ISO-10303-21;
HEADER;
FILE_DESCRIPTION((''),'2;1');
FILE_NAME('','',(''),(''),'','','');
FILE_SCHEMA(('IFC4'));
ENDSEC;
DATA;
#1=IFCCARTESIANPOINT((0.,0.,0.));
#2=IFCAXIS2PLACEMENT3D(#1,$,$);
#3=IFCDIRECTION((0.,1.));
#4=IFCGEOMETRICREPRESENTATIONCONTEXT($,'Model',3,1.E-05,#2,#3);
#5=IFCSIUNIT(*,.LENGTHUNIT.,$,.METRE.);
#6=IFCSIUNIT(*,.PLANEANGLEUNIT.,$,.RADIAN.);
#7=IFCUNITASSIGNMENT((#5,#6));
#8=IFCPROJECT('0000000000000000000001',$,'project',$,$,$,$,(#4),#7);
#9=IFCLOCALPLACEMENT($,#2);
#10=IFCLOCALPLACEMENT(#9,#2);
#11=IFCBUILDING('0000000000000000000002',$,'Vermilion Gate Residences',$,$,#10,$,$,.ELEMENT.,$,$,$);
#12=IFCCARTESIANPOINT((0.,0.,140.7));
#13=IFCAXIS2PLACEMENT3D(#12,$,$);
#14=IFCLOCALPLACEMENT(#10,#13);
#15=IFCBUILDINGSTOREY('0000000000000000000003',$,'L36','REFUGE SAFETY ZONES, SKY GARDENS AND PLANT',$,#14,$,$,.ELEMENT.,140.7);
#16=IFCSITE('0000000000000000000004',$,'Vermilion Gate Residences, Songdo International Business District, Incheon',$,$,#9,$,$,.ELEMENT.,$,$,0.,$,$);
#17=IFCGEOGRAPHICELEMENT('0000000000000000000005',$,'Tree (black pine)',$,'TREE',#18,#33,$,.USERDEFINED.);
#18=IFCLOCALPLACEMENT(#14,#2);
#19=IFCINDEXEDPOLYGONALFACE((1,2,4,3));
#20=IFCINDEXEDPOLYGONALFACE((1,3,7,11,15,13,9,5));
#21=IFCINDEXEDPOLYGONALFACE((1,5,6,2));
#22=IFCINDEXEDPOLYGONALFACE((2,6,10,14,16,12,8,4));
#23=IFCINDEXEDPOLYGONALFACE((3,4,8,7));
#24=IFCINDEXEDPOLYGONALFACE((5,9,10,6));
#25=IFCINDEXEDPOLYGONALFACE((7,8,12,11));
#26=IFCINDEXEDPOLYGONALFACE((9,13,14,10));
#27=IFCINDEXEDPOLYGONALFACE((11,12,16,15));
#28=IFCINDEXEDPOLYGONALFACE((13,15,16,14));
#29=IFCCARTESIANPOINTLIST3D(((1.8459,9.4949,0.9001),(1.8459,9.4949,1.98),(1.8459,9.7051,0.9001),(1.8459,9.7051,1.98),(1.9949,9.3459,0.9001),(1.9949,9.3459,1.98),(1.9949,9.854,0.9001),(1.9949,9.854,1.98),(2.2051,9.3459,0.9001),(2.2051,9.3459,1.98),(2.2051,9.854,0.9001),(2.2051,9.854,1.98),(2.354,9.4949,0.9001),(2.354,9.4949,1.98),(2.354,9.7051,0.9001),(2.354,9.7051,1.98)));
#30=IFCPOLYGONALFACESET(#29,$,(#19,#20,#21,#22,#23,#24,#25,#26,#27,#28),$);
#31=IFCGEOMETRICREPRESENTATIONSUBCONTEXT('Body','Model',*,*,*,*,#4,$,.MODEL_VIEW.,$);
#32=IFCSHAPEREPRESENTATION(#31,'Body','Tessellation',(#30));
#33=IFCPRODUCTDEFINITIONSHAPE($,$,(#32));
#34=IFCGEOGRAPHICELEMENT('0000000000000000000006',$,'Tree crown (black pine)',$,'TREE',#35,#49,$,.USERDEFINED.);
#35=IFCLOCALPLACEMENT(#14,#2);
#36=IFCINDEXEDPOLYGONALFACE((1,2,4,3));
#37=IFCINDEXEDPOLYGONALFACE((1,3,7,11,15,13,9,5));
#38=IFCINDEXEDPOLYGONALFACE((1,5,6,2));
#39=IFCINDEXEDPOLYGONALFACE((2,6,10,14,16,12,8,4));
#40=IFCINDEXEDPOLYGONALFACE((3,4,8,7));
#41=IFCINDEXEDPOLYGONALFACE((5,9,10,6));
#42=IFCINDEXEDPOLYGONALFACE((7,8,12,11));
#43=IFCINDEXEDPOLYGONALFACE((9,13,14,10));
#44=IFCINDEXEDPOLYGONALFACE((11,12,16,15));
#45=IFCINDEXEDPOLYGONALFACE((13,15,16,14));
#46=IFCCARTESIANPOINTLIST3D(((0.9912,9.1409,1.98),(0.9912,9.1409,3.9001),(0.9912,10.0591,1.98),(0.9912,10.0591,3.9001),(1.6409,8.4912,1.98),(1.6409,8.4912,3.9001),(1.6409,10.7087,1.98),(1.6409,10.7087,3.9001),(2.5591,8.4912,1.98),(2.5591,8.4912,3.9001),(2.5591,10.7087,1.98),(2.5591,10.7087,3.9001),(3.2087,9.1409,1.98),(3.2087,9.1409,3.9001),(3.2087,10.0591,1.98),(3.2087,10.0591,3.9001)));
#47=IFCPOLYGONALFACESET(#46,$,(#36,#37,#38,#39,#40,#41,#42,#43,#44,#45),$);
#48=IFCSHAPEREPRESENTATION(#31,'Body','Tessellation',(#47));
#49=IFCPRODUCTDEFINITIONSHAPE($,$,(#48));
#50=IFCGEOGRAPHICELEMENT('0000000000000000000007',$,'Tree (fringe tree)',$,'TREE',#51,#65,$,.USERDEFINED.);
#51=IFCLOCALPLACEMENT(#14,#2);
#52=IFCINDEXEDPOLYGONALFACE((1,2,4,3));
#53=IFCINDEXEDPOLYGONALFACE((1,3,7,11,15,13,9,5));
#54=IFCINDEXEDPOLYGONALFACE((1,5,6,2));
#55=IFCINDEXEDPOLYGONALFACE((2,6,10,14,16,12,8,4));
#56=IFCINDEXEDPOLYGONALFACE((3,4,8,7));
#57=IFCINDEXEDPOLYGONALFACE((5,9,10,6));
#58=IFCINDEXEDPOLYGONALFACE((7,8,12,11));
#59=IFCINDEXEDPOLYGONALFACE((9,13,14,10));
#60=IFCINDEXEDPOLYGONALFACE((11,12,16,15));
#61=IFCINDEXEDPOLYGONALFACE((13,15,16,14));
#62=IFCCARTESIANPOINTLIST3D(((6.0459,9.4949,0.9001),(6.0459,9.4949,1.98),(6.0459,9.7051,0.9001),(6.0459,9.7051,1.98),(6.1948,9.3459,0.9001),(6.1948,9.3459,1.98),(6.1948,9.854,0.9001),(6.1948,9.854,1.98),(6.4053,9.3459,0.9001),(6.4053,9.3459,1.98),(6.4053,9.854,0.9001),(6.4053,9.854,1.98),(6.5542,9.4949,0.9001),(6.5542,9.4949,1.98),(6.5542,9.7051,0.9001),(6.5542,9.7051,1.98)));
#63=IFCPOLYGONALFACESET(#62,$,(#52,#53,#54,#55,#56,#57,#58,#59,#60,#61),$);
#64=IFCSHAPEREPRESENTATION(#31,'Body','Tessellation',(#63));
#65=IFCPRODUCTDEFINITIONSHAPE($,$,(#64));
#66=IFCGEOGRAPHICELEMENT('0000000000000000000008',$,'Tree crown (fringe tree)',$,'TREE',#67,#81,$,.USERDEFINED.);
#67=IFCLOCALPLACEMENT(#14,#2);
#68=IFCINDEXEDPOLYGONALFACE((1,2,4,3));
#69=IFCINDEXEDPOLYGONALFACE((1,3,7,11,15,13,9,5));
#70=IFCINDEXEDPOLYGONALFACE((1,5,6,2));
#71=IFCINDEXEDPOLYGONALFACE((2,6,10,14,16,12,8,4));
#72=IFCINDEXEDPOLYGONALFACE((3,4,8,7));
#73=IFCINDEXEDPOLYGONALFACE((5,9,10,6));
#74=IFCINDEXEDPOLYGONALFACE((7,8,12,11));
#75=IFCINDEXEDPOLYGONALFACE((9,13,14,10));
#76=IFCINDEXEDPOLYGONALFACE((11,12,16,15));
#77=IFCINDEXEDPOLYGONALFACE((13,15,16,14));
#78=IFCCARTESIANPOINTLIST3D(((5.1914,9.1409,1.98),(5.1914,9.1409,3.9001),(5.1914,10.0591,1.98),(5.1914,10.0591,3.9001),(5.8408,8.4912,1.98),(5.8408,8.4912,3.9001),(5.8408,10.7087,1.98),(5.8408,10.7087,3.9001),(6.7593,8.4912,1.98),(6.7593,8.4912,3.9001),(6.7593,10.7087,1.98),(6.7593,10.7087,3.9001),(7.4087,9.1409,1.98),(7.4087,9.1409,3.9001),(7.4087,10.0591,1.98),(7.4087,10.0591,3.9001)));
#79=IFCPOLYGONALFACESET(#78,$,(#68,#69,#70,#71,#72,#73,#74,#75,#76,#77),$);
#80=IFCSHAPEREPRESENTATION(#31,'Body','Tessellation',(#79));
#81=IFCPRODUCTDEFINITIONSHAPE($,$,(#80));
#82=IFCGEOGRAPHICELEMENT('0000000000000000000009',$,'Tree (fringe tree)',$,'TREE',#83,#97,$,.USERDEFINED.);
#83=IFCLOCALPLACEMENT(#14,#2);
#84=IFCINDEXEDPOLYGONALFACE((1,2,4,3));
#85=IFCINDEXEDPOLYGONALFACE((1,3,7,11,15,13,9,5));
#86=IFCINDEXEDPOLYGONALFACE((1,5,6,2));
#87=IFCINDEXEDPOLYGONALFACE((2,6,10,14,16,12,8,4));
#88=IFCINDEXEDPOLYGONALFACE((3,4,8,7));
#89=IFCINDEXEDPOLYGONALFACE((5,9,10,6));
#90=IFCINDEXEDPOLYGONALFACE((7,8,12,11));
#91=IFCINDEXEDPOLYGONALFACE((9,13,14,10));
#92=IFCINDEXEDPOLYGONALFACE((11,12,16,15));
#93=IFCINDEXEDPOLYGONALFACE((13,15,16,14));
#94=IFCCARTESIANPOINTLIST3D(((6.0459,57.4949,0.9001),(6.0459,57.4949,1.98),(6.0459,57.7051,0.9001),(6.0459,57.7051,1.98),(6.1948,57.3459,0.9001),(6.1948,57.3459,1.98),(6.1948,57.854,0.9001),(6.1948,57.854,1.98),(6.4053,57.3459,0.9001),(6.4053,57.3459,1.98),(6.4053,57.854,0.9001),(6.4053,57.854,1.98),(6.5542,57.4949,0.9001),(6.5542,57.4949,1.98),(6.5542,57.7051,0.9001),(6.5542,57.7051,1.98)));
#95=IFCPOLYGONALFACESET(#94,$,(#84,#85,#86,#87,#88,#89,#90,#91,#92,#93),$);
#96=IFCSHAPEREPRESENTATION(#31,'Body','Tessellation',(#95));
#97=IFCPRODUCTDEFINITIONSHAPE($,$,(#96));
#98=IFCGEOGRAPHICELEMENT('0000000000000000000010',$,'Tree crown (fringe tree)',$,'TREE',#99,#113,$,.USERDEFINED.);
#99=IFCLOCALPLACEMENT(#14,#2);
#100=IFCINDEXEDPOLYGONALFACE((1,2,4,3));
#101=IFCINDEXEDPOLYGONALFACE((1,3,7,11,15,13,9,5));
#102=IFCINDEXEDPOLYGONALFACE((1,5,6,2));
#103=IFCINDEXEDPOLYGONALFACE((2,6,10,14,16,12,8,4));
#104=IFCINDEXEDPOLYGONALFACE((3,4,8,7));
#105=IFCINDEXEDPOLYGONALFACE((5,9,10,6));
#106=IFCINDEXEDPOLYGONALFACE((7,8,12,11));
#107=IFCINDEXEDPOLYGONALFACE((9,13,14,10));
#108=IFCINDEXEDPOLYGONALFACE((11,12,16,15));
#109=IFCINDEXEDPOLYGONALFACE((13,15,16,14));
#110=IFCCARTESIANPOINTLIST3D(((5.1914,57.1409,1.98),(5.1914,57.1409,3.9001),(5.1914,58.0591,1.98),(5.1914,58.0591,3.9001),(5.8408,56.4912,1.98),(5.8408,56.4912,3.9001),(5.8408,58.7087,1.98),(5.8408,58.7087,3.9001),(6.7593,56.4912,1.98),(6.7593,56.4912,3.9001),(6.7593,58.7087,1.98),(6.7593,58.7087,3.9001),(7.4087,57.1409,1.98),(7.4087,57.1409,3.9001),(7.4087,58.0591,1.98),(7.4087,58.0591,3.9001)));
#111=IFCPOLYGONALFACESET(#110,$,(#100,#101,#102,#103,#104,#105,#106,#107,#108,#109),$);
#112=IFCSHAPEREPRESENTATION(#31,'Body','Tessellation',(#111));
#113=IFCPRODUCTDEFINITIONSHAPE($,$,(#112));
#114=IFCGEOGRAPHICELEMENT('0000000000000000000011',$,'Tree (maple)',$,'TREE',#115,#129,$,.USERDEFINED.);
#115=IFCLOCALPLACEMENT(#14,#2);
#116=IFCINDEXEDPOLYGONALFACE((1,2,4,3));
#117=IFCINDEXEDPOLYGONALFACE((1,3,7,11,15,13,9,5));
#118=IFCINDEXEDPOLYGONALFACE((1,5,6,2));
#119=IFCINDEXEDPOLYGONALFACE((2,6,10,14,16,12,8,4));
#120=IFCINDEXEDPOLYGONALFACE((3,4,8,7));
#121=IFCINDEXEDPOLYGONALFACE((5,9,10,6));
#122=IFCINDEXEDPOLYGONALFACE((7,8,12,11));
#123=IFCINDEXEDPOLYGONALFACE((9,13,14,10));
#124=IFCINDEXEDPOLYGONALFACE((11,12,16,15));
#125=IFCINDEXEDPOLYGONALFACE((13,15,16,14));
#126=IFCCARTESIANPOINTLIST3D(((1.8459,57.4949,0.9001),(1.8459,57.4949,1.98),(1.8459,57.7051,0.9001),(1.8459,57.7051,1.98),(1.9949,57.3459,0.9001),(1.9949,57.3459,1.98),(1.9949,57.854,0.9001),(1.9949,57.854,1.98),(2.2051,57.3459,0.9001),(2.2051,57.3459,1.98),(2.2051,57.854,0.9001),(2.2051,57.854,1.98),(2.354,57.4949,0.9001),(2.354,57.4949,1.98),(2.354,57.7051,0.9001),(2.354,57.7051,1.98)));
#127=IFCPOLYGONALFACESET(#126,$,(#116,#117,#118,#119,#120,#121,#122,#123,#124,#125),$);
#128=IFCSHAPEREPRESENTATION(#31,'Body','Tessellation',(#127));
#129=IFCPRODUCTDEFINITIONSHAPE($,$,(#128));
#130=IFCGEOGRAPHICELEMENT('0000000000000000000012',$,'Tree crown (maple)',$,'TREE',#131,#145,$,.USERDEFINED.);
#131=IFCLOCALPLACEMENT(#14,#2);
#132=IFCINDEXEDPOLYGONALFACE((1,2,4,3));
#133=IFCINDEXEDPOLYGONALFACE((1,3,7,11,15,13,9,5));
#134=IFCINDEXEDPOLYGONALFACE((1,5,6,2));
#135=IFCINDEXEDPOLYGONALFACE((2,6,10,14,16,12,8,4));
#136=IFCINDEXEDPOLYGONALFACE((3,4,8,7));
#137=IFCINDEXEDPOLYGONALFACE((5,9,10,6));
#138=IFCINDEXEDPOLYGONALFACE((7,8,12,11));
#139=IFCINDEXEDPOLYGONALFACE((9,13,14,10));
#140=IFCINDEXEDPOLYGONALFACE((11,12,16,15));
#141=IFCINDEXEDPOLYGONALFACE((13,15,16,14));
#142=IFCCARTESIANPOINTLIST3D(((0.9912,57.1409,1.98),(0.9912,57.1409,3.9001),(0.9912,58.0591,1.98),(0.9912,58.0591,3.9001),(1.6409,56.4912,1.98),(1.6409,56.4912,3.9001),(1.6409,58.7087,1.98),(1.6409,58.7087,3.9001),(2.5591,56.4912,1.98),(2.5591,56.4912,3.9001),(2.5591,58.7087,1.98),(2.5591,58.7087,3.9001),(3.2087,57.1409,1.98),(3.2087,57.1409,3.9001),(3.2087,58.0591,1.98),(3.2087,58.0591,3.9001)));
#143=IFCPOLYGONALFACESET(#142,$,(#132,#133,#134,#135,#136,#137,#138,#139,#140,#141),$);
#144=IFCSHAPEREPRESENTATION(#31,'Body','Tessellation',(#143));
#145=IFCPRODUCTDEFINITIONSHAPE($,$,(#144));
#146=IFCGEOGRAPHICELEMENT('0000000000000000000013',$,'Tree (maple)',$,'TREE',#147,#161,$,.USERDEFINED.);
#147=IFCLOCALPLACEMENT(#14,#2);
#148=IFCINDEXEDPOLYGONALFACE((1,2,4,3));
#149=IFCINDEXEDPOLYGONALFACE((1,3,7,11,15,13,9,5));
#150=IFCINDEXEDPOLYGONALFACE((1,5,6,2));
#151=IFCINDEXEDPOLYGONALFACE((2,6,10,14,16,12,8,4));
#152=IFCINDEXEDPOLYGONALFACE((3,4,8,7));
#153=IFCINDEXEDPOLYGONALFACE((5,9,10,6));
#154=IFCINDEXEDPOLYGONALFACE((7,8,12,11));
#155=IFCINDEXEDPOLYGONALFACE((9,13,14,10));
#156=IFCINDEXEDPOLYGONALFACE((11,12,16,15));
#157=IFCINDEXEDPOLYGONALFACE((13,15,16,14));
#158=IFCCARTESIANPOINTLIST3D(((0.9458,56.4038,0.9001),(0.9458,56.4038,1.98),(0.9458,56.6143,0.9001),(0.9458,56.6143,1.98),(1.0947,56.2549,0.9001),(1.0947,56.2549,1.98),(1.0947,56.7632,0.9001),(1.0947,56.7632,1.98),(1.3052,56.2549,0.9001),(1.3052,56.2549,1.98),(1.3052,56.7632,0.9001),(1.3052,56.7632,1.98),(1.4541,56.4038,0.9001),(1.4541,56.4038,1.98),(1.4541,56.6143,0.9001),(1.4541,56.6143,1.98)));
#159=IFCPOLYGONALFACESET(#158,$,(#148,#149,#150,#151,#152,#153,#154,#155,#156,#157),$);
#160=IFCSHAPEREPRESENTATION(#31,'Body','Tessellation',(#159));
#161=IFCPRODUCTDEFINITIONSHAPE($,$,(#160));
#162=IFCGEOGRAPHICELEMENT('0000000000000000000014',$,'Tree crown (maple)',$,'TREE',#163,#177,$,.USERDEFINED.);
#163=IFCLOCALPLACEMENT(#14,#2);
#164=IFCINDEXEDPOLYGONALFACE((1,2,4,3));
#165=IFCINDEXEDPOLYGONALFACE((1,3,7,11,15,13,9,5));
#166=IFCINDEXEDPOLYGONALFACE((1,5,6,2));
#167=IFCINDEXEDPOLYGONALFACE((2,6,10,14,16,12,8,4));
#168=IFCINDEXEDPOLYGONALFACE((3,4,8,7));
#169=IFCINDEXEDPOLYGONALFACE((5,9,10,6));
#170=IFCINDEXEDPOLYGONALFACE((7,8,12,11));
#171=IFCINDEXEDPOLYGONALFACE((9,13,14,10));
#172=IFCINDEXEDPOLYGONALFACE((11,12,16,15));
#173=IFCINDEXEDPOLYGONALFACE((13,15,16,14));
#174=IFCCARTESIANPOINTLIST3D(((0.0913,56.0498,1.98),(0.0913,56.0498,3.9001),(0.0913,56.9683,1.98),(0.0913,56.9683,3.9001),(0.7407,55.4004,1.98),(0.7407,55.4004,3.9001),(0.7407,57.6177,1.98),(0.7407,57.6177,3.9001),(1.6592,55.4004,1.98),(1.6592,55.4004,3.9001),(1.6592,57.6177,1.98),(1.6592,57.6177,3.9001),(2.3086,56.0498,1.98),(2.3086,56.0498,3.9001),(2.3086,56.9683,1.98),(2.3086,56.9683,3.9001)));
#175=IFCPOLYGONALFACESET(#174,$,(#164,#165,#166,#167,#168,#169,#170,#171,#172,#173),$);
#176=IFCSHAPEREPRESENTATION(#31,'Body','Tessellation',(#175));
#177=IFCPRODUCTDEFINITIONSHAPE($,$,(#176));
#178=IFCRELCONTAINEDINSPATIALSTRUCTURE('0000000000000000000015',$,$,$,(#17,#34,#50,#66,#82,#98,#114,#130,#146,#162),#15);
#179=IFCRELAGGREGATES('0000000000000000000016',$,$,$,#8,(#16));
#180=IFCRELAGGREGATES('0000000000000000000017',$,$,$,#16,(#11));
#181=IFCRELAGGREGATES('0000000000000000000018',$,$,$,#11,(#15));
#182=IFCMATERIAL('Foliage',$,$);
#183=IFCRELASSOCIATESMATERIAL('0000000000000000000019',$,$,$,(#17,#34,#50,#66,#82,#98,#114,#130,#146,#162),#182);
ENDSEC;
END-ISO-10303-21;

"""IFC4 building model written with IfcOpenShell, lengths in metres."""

from ifc_helpers import new_model, si_unit, direction, frame, origin, place, context, subcontext, project, spatial, polyline, outline, extrude, material, element, save


model = new_model("IFC4")

# Units and contexts
model_context = context("Model", 3, precision=1e-05, world=origin(), true_north=direction((0.0, 1.0)))
body_context = subcontext(model_context, "Body", "Model", "MODEL_VIEW")
ifc_project = project(units=[si_unit("LENGTHUNIT", "METRE"), si_unit("PLANEANGLEUNIT", "RADIAN")], contexts=[model_context])

# Site, building, storey
site_placement = place(None, origin())
site = spatial("IfcSite", under=ifc_project, at=site_placement, Name="Vermilion Gate Residences, Songdo International Business District, Incheon", CompositionType="ELEMENT", RefElevation=0.0)
building_placement = place(site_placement, origin())
building = spatial("IfcBuilding", under=site, at=building_placement, Name="Vermilion Gate Residences", CompositionType="ELEMENT")
storey_placement = place(building_placement, frame((0.0, 0.0, 140.7)))
storey = spatial("IfcBuildingStorey", under=building, at=storey_placement, Name="L36", Description="REFUGE SAFETY ZONES, SKY GARDENS AND PLANT", CompositionType="ELEMENT", Elevation=140.7)

# Geographic elements
ifc_material_1 = material(Name="Foliage")
geographic_element_1_placement = place(storey_placement, frame((0.0, 0.0, 0.9001)))
element("IfcGeographicElement", 1, at=geographic_element_1_placement, inside=storey, material=ifc_material_1, Name="Tree (black pine)", ObjectType="TREE", PredefinedType="USERDEFINED", context=body_context, shape_type="SweptSolid", body=[
    extrude(outline(polyline([(2.354, 9.7051), (2.2051, 9.854), (1.9949, 9.854), (1.8459, 9.7051), (1.8459, 9.4949), (1.9949, 9.3459), (2.2051, 9.3459), (2.354, 9.4949), (2.354, 9.7051)])), origin(), (0.0, 0.0, 1.0), 1.0798),
])
geographic_element_2_placement = place(storey_placement, frame((0.0, 0.0, 1.98)))
element("IfcGeographicElement", 2, at=geographic_element_2_placement, inside=storey, material=ifc_material_1, Name="Tree crown (black pine)", ObjectType="TREE", PredefinedType="USERDEFINED", context=body_context, shape_type="SweptSolid", body=[
    extrude(outline(polyline([(3.2087, 10.0591), (2.5591, 10.7087), (1.6409, 10.7087), (0.9912, 10.0591), (0.9912, 9.1409), (1.6409, 8.4912), (2.5591, 8.4912), (3.2087, 9.1409), (3.2087, 10.0591)])), origin(), (0.0, 0.0, 1.0), 1.9202),
])
geographic_element_3_placement = place(storey_placement, frame((0.0, 0.0, 0.9001)))
element("IfcGeographicElement", 3, at=geographic_element_3_placement, inside=storey, material=ifc_material_1, Name="Tree (fringe tree)", ObjectType="TREE", PredefinedType="USERDEFINED", context=body_context, shape_type="SweptSolid", body=[
    extrude(outline(polyline([(6.5542, 9.7051), (6.4053, 9.854), (6.1948, 9.854), (6.0459, 9.7051), (6.0459, 9.4949), (6.1948, 9.3459), (6.4053, 9.3459), (6.5542, 9.4949), (6.5542, 9.7051)])), origin(), (0.0, 0.0, 1.0), 1.0798),
])
geographic_element_4_placement = place(storey_placement, frame((0.0, 0.0, 1.98)))
element("IfcGeographicElement", 4, at=geographic_element_4_placement, inside=storey, material=ifc_material_1, Name="Tree crown (fringe tree)", ObjectType="TREE", PredefinedType="USERDEFINED", context=body_context, shape_type="SweptSolid", body=[
    extrude(outline(polyline([(7.4087, 10.0591), (6.7593, 10.7087), (5.8408, 10.7087), (5.1914, 10.0591), (5.1914, 9.1409), (5.8408, 8.4912), (6.7593, 8.4912), (7.4087, 9.1409), (7.4087, 10.0591)])), origin(), (0.0, 0.0, 1.0), 1.9202),
])
geographic_element_5_placement = place(storey_placement, frame((0.0, 0.0, 0.9001)))
element("IfcGeographicElement", 5, at=geographic_element_5_placement, inside=storey, material=ifc_material_1, Name="Tree (fringe tree)", ObjectType="TREE", PredefinedType="USERDEFINED", context=body_context, shape_type="SweptSolid", body=[
    extrude(outline(polyline([(6.5542, 57.7051), (6.4053, 57.854), (6.1948, 57.854), (6.0459, 57.7051), (6.0459, 57.4949), (6.1948, 57.3459), (6.4053, 57.3459), (6.5542, 57.4949), (6.5542, 57.7051)])), origin(), (0.0, 0.0, 1.0), 1.0798),
])
geographic_element_6_placement = place(storey_placement, frame((0.0, 0.0, 1.98)))
element("IfcGeographicElement", 6, at=geographic_element_6_placement, inside=storey, material=ifc_material_1, Name="Tree crown (fringe tree)", ObjectType="TREE", PredefinedType="USERDEFINED", context=body_context, shape_type="SweptSolid", body=[
    extrude(outline(polyline([(7.4087, 58.0591), (6.7593, 58.7087), (5.8408, 58.7087), (5.1914, 58.0591), (5.1914, 57.1409), (5.8408, 56.4912), (6.7593, 56.4912), (7.4087, 57.1409), (7.4087, 58.0591)])), origin(), (0.0, 0.0, 1.0), 1.9202),
])
geographic_element_7_placement = place(storey_placement, frame((0.0, 0.0, 0.9001)))
element("IfcGeographicElement", 7, at=geographic_element_7_placement, inside=storey, material=ifc_material_1, Name="Tree (maple)", ObjectType="TREE", PredefinedType="USERDEFINED", context=body_context, shape_type="SweptSolid", body=[
    extrude(outline(polyline([(2.354, 57.7051), (2.2051, 57.854), (1.9949, 57.854), (1.8459, 57.7051), (1.8459, 57.4949), (1.9949, 57.3459), (2.2051, 57.3459), (2.354, 57.4949), (2.354, 57.7051)])), origin(), (0.0, 0.0, 1.0), 1.0798),
])
geographic_element_8_placement = place(storey_placement, frame((0.0, 0.0, 1.98)))
element("IfcGeographicElement", 8, at=geographic_element_8_placement, inside=storey, material=ifc_material_1, Name="Tree crown (maple)", ObjectType="TREE", PredefinedType="USERDEFINED", context=body_context, shape_type="SweptSolid", body=[
    extrude(outline(polyline([(3.2087, 58.0591), (2.5591, 58.7087), (1.6409, 58.7087), (0.9912, 58.0591), (0.9912, 57.1409), (1.6409, 56.4912), (2.5591, 56.4912), (3.2087, 57.1409), (3.2087, 58.0591)])), origin(), (0.0, 0.0, 1.0), 1.9202),
])
geographic_element_9_placement = place(storey_placement, frame((0.0, 0.0, 0.9001)))
element("IfcGeographicElement", 9, at=geographic_element_9_placement, inside=storey, material=ifc_material_1, Name="Tree (maple)", ObjectType="TREE", PredefinedType="USERDEFINED", context=body_context, shape_type="SweptSolid", body=[
    extrude(outline(polyline([(1.4541, 56.6143), (1.3052, 56.7632), (1.0947, 56.7632), (0.9458, 56.6143), (0.9458, 56.4038), (1.0947, 56.2549), (1.3052, 56.2549), (1.4541, 56.4038), (1.4541, 56.6143)])), origin(), (0.0, 0.0, 1.0), 1.0798),
])
geographic_element_10_placement = place(storey_placement, frame((0.0, 0.0, 1.98)))
element("IfcGeographicElement", 10, at=geographic_element_10_placement, inside=storey, material=ifc_material_1, Name="Tree crown (maple)", ObjectType="TREE", PredefinedType="USERDEFINED", context=body_context, shape_type="SweptSolid", body=[
    extrude(outline(polyline([(2.3086, 56.9683), (1.6592, 57.6177), (0.7407, 57.6177), (0.0913, 56.9683), (0.0913, 56.0498), (0.7407, 55.4004), (1.6592, 55.4004), (2.3086, 56.0498), (2.3086, 56.9683)])), origin(), (0.0, 0.0, 1.0), 1.9202),
])

save(model, "model.ifc")
